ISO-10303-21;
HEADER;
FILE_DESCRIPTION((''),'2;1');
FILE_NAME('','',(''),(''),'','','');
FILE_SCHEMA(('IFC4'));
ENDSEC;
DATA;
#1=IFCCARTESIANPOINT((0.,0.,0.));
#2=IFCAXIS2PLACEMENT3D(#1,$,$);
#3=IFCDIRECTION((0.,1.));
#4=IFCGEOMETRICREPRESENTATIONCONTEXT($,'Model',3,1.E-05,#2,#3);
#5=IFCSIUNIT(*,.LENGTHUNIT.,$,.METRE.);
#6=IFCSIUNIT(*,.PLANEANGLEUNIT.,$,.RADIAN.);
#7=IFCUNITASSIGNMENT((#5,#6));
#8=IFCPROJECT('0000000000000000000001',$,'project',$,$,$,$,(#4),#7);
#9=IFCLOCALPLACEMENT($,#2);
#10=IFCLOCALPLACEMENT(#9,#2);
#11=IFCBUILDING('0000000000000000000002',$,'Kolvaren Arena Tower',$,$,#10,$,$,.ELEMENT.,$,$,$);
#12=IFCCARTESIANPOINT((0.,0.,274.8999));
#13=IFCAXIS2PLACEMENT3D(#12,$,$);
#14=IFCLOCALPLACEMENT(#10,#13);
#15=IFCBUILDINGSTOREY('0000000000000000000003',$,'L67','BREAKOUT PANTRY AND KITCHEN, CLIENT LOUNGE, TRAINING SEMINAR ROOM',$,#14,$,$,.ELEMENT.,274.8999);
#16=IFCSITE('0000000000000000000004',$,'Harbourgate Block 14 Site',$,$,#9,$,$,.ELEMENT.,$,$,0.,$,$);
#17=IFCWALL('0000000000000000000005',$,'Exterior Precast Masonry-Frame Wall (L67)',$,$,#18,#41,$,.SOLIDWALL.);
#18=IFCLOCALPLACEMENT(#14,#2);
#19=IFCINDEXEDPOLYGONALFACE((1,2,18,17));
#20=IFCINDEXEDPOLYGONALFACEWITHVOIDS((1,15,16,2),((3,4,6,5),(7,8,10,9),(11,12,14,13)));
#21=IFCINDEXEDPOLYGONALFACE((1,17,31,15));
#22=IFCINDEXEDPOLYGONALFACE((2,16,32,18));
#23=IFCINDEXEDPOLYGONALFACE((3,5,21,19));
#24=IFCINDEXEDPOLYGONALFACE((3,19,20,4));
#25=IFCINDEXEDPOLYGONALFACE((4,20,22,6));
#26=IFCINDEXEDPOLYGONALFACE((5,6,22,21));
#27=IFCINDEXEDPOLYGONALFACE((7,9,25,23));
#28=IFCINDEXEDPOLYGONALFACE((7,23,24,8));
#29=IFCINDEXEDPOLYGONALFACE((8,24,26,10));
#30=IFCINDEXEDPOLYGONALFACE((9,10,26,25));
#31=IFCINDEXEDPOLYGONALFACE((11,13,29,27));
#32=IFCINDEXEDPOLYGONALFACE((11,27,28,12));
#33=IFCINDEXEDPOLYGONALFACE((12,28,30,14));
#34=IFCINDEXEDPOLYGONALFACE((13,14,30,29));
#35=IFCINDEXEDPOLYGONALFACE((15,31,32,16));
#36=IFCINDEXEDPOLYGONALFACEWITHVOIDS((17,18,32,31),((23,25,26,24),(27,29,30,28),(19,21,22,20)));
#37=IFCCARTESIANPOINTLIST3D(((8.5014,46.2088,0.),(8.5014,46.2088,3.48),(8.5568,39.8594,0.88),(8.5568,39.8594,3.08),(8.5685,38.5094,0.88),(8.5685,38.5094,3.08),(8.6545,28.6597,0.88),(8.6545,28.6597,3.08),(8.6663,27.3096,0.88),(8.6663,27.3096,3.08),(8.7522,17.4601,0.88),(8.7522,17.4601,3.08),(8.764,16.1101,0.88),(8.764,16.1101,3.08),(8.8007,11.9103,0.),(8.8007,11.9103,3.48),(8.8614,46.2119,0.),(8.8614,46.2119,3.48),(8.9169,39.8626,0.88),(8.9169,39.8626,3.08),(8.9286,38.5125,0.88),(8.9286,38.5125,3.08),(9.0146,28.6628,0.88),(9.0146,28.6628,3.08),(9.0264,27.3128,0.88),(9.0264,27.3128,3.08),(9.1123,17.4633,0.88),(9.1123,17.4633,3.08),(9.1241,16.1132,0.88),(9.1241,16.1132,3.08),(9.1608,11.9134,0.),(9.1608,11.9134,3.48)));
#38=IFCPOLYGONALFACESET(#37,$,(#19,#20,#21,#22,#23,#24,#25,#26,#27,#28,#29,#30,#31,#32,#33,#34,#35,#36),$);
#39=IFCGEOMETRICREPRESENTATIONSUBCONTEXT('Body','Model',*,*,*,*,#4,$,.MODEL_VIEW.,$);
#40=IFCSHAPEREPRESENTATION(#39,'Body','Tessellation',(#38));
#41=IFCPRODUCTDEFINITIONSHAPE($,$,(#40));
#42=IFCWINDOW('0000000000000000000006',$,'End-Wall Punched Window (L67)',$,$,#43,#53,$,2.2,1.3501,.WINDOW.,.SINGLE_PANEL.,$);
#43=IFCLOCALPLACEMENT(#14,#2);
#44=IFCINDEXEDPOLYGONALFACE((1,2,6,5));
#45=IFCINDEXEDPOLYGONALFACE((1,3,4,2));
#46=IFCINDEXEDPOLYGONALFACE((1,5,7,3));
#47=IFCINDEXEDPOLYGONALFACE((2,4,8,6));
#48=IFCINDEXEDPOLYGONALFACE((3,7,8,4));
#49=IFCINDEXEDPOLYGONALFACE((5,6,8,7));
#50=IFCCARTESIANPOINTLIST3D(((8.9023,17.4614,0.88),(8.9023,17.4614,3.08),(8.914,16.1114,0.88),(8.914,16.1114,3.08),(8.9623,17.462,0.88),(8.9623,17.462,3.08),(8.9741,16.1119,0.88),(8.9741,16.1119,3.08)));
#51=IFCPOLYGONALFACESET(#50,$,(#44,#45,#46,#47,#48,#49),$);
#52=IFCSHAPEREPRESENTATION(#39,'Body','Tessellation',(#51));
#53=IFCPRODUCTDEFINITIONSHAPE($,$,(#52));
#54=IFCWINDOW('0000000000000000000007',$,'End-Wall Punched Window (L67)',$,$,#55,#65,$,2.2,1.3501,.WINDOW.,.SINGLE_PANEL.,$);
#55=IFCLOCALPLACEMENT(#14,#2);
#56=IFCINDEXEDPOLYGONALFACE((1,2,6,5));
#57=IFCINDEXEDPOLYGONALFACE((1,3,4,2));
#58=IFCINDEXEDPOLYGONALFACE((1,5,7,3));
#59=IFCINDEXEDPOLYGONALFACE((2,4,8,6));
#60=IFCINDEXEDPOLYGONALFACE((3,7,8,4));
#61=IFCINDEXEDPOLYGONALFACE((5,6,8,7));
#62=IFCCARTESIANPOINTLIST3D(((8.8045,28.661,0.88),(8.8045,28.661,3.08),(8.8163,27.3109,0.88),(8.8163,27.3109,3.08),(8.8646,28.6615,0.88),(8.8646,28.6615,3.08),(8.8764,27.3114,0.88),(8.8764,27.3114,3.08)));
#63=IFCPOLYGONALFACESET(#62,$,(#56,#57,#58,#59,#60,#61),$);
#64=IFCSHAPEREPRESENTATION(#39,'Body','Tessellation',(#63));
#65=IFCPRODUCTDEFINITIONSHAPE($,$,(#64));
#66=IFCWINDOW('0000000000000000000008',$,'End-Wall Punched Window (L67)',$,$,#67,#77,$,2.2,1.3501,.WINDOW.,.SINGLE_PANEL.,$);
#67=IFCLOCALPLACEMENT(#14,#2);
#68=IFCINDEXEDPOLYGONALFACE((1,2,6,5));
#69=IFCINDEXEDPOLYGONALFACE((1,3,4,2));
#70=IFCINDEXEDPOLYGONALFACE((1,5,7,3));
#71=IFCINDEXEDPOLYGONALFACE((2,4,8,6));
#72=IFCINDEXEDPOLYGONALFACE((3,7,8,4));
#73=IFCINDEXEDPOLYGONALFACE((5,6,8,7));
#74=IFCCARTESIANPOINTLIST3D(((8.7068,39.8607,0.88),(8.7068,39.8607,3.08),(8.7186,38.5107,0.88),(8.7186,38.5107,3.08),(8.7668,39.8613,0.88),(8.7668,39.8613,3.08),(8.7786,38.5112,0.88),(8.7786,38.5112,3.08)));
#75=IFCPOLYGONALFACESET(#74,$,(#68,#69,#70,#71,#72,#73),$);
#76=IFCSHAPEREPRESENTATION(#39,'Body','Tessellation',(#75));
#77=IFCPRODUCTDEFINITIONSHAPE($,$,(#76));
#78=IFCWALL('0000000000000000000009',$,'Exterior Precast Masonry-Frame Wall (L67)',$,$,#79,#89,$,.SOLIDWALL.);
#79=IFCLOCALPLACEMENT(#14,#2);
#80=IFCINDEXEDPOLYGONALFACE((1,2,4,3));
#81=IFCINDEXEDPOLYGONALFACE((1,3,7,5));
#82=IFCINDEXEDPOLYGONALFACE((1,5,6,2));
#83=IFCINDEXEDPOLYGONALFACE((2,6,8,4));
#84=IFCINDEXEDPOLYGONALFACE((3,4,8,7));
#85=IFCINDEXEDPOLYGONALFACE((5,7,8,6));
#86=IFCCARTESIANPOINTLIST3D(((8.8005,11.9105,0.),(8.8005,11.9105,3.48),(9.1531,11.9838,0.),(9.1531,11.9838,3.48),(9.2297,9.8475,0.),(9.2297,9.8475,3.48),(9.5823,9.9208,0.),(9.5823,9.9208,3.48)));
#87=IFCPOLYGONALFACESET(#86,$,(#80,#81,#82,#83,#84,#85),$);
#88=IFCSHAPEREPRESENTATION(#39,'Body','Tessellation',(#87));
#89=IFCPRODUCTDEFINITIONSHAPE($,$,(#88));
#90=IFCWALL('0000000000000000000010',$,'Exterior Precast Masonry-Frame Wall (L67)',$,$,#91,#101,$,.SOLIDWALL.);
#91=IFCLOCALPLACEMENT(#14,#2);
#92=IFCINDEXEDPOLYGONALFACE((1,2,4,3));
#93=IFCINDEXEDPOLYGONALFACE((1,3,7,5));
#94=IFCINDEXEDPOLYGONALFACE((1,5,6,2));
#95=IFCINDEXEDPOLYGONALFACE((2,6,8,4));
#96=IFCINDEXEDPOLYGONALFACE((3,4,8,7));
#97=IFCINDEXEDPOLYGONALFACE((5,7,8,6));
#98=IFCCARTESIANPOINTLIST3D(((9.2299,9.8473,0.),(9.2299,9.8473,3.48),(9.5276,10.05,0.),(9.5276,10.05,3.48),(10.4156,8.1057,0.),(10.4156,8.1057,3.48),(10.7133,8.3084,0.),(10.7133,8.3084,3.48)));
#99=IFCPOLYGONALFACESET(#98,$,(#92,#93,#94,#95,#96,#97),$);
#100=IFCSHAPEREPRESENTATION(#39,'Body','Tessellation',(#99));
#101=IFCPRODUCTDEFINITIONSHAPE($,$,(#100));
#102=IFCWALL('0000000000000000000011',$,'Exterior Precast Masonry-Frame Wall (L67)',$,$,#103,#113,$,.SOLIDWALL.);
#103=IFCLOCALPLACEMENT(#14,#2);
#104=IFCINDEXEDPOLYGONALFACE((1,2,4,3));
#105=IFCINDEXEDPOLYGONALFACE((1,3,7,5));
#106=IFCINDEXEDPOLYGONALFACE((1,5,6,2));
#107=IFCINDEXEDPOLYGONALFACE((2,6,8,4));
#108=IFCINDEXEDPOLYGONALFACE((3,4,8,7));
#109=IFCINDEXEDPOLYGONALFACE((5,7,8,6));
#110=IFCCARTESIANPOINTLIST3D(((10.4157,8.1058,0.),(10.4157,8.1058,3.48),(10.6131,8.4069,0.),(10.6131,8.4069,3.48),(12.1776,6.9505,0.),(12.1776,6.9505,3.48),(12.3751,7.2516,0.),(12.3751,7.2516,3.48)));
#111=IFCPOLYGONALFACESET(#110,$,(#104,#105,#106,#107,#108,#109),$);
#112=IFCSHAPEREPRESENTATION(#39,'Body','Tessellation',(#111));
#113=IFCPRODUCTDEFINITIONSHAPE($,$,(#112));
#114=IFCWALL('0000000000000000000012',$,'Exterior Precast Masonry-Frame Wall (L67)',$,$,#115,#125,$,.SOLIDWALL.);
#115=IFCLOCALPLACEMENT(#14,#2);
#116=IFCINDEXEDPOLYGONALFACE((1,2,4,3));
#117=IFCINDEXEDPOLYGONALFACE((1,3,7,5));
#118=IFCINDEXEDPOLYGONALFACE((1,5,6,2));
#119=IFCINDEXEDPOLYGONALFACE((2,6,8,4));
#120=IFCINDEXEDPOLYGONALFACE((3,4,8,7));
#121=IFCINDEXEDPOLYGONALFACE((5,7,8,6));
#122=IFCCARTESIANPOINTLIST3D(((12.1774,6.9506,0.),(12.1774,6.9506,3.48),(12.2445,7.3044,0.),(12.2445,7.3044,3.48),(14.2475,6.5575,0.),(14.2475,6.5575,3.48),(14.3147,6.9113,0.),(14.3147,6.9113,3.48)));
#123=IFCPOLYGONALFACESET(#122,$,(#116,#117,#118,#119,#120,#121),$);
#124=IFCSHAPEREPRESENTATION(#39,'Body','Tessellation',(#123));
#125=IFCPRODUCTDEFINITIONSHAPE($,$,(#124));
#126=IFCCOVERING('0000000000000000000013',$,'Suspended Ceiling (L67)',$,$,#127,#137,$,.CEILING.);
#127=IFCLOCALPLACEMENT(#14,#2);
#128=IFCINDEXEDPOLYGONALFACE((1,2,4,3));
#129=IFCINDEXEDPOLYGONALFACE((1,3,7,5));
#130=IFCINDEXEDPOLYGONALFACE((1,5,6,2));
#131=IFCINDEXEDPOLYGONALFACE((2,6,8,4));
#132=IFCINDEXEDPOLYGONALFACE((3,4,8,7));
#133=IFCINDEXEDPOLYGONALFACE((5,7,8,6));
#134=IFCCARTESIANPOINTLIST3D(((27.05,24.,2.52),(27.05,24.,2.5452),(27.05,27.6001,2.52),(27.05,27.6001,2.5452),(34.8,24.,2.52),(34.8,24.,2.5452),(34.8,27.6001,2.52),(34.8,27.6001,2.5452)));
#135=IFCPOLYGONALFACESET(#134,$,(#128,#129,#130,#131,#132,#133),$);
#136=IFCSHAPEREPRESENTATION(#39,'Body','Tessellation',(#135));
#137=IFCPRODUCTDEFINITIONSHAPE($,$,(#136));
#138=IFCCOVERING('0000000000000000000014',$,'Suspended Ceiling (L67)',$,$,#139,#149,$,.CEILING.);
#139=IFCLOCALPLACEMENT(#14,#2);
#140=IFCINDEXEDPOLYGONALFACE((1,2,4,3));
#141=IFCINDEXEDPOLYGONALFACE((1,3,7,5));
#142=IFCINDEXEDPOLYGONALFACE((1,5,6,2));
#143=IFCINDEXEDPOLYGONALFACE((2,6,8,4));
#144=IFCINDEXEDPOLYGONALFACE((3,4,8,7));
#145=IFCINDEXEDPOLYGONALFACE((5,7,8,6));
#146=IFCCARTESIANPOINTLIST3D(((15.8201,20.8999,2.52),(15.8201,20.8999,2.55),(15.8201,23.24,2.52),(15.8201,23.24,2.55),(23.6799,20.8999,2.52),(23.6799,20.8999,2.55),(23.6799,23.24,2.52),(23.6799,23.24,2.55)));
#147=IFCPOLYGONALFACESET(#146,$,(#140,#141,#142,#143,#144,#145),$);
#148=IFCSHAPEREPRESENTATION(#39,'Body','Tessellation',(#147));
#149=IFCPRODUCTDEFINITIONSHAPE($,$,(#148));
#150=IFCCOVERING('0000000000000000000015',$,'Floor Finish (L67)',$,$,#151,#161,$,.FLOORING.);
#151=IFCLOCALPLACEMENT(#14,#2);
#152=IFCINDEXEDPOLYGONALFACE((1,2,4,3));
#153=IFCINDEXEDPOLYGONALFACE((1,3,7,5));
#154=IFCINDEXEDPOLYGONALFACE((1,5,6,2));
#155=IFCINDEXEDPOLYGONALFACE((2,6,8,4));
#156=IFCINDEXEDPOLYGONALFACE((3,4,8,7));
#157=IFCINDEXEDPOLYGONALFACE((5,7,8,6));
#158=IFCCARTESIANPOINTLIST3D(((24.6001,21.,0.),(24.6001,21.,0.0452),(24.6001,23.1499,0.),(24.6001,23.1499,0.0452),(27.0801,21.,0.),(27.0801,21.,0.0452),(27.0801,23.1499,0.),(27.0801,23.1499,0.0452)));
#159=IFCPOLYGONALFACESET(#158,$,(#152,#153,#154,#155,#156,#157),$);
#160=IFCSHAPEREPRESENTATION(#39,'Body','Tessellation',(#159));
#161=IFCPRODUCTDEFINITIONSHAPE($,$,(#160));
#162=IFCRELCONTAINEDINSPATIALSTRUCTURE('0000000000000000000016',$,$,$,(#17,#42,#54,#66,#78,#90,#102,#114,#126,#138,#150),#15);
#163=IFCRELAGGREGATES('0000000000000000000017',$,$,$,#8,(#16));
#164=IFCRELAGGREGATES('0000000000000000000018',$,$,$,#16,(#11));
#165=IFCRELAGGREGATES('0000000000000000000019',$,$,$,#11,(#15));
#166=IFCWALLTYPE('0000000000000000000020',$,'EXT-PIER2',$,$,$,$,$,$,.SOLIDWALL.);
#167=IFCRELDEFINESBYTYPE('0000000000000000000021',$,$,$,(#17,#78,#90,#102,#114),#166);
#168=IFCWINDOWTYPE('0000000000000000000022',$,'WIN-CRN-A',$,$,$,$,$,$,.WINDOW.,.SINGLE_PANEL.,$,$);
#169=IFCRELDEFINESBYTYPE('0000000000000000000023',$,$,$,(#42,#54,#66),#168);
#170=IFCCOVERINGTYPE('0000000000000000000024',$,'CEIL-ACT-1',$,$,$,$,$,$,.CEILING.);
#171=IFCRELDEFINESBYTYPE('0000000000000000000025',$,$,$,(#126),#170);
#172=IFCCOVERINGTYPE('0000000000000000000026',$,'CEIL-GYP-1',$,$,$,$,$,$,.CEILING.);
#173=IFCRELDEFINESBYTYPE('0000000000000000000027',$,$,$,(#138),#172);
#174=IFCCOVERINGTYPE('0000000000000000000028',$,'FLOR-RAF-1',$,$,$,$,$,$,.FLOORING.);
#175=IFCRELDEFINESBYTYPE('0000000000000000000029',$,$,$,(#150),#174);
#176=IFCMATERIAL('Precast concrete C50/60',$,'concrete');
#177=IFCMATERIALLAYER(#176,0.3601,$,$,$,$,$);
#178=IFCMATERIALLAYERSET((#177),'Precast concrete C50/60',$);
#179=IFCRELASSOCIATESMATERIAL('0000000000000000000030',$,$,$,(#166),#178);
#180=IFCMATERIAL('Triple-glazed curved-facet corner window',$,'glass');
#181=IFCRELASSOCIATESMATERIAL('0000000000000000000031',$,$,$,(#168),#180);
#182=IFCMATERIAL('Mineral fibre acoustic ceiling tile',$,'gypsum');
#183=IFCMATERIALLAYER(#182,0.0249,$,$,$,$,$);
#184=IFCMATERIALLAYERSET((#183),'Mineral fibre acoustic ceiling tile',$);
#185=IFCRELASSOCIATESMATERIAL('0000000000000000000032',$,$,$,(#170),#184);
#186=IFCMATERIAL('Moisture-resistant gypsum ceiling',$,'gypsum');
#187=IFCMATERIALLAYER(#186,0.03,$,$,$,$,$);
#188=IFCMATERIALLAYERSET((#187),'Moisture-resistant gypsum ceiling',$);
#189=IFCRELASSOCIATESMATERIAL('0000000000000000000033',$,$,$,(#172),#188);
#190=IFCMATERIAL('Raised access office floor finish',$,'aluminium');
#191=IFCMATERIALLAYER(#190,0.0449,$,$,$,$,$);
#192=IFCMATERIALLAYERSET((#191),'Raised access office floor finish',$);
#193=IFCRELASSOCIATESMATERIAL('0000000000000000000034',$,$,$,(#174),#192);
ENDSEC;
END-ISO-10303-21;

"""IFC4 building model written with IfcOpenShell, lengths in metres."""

from ifc_helpers import new_model, si_unit, direction, frame, frame_2d, origin, place, context, subcontext, project, spatial, polyline, rectangle, outline, extrude, material, layer, layer_set, type_object, element, fill, save


model = new_model("IFC4")

# Units and contexts
model_context = context("Model", 3, precision=1e-05, world=origin(), true_north=direction((0.0, 1.0)))
body_context = subcontext(model_context, "Body", "Model", "MODEL_VIEW")
ifc_project = project(units=[si_unit("LENGTHUNIT", "METRE"), si_unit("PLANEANGLEUNIT", "RADIAN")], contexts=[model_context])

# Site, building, storey
site_placement = place(None, origin())
site = spatial("IfcSite", under=ifc_project, at=site_placement, Name="Harbourgate Block 14 Site", CompositionType="ELEMENT", RefElevation=0.0)
building_placement = place(site_placement, origin())
building = spatial("IfcBuilding", under=site, at=building_placement, Name="Kolvaren Arena Tower", CompositionType="ELEMENT")
storey_placement = place(building_placement, frame((0.0, 0.0, 274.8999)))
storey = spatial("IfcBuildingStorey", under=building, at=storey_placement, Name="L67", Description="BREAKOUT PANTRY AND KITCHEN, CLIENT LOUNGE, TRAINING SEMINAR ROOM", CompositionType="ELEMENT", Elevation=274.8999)

# Shared definitions
ifc_material_1 = material(Name="Precast concrete C50/60", Category="concrete")

# Wall, openings, windows
ifc_layer_1 = layer(ifc_material_1, 0.3601)
ifc_layer_set_1 = layer_set([ifc_layer_1], Name="Precast concrete C50/60")
wall_type = type_object("IfcWallType", Name="EXT-PIER2", PredefinedType="SOLIDWALL", material=ifc_layer_set_1)
wall_1_placement = place(storey_placement, frame((8.9807, 11.9119, 0.0), z_axis=(0.0, 0.0, 1.0), x_axis=(-0.008726, 0.999962, 0.0)))
wall_1 = element("IfcWall", 1, at=wall_1_placement, inside=storey, type_object=wall_type, Name="Exterior Precast Masonry-Frame Wall (L67)", PredefinedType="SOLIDWALL", context=body_context, shape_type="SweptSolid", body=[
    extrude(rectangle(XDim=34.2998, YDim=0.3601, at=frame_2d((17.1499, 0.0))), origin(), (0.0, 0.0, 1.0), 3.48),
])
opening_1_placement = place(wall_1_placement, frame((4.2, 0.0, 0.8799)))
opening_1 = element("IfcOpeningElement", 2, at=opening_1_placement, cuts=wall_1, PredefinedType="OPENING", context=body_context, shape_type="SweptSolid", body=[
    extrude(rectangle(XDim=1.3501, YDim=2.2, at=frame_2d((0.675, 1.1001))), frame((0.0, 0.1899, 0.0), z_axis=(0.0, -1.0, 0.0), x_axis=(1.0, 0.0, 0.0)), (0.0, 0.0, 1.0), 0.3801),
])
opening_2_placement = place(wall_1_placement, frame((15.3999, 0.0, 0.8799)))
opening_2 = element("IfcOpeningElement", 3, at=opening_2_placement, cuts=wall_1, PredefinedType="OPENING", context=body_context, shape_type="SweptSolid", body=[
    extrude(rectangle(XDim=1.3501, YDim=2.2, at=frame_2d((0.675, 1.1001))), frame((0.0, 0.1899, 0.0), z_axis=(0.0, -1.0, 0.0), x_axis=(1.0, 0.0, 0.0)), (0.0, 0.0, 1.0), 0.3801),
])
opening_3_placement = place(wall_1_placement, frame((26.6001, 0.0, 0.8799)))
opening_3 = element("IfcOpeningElement", 4, at=opening_3_placement, cuts=wall_1, PredefinedType="OPENING", context=body_context, shape_type="SweptSolid", body=[
    extrude(rectangle(XDim=1.3501, YDim=2.2, at=frame_2d((0.675, 1.1001))), frame((0.0, 0.1899, 0.0), z_axis=(0.0, -1.0, 0.0), x_axis=(1.0, 0.0, 0.0)), (0.0, 0.0, 1.0), 0.3801),
])
ifc_material_2 = material(Name="Triple-glazed curved-facet corner window", Category="glass")
window_type = type_object("IfcWindowType", Name="WIN-CRN-A", PartitioningType="SINGLE_PANEL", PredefinedType="WINDOW", material=ifc_material_2)
window_1_placement = place(opening_1_placement, origin())
window_1 = element("IfcWindow", 5, at=window_1_placement, inside=storey, type_object=window_type, Name="End-Wall Punched Window (L67)", OverallHeight=2.2, OverallWidth=1.3501, PartitioningType="SINGLE_PANEL", PredefinedType="WINDOW", context=body_context, shape_type="SweptSolid", body=[
    extrude(rectangle(XDim=1.3501, YDim=2.2, at=frame_2d((0.675, 1.1001))), frame((0.0, 0.03, 0.0), z_axis=(0.0, -1.0, 0.0), x_axis=(1.0, 0.0, 0.0)), (0.0, 0.0, 1.0), 0.0601),
])
fill(opening_1, window_1)
window_2_placement = place(opening_2_placement, origin())
window_2 = element("IfcWindow", 6, at=window_2_placement, inside=storey, type_object=window_type, Name="End-Wall Punched Window (L67)", OverallHeight=2.2, OverallWidth=1.3501, PartitioningType="SINGLE_PANEL", PredefinedType="WINDOW", context=body_context, shape_type="SweptSolid", body=[
    extrude(rectangle(XDim=1.3501, YDim=2.2, at=frame_2d((0.675, 1.1001))), frame((0.0, 0.03, 0.0), z_axis=(0.0, -1.0, 0.0), x_axis=(1.0, 0.0, 0.0)), (0.0, 0.0, 1.0), 0.0601),
])
fill(opening_2, window_2)
window_3_placement = place(opening_3_placement, origin())
window_3 = element("IfcWindow", 7, at=window_3_placement, inside=storey, type_object=window_type, Name="End-Wall Punched Window (L67)", OverallHeight=2.2, OverallWidth=1.3501, PartitioningType="SINGLE_PANEL", PredefinedType="WINDOW", context=body_context, shape_type="SweptSolid", body=[
    extrude(rectangle(XDim=1.3501, YDim=2.2, at=frame_2d((0.675, 1.1001))), frame((0.0, 0.03, 0.0), z_axis=(0.0, -1.0, 0.0), x_axis=(1.0, 0.0, 0.0)), (0.0, 0.0, 1.0), 0.0601),
])
fill(opening_3, window_3)

# Walls
wall_2_placement = place(storey_placement, frame((9.406, 9.884, 0.0), z_axis=(0.0, 0.0, 1.0), x_axis=(-0.203686, 0.979036, 0.0)))
element("IfcWall", 8, at=wall_2_placement, inside=storey, type_object=wall_type, Name="Exterior Precast Masonry-Frame Wall (L67)", PredefinedType="SOLIDWALL", context=body_context, shape_type="SweptSolid", body=[
    extrude(rectangle(XDim=2.1072, YDim=0.3601, at=frame_2d((1.0537, 0.0))), origin(), (0.0, 0.0, 1.0), 3.48),
])
for number, where, z_axis, x_axis, name in (
    (9, (10.5645, 8.207, 0.0), (0.0, 0.0, 1.0), (-0.562776, 0.82661, 0.0), "Exterior Precast Masonry-Frame Wall (L67)"),
    (10, (12.2764, 7.1011, 0.0), (0.0, 0.0, 1.0), (-0.836269, 0.54832, 0.0), "Exterior Precast Masonry-Frame Wall (L67)"),
):
    element("IfcWall", number, at=place(storey_placement, frame(where, z_axis=z_axis, x_axis=x_axis)), inside=storey, type_object=wall_type, Name=name, PredefinedType="SOLIDWALL", context=body_context, shape_type="SweptSolid", body=[
        extrude(rectangle(XDim=2.1069, YDim=0.3601, at=frame_2d((1.0535, 0.0))), origin(), (0.0, 0.0, 1.0), 3.48),
    ])
wall_3_placement = place(storey_placement, frame((14.2812, 6.7344, 0.0), z_axis=(0.0, 0.0, 1.0), x_axis=(-0.982446, 0.186548, 0.0)))
element("IfcWall", 11, at=wall_3_placement, inside=storey, type_object=wall_type, Name="Exterior Precast Masonry-Frame Wall (L67)", PredefinedType="SOLIDWALL", context=body_context, shape_type="SweptSolid", body=[
    extrude(rectangle(XDim=2.1072, YDim=0.3601, at=frame_2d((1.0537, 0.0))), origin(), (0.0, 0.0, 1.0), 3.48),
])

# Coverings
ifc_material_3 = material(Name="Mineral fibre acoustic ceiling tile", Category="gypsum")
ifc_layer_2 = layer(ifc_material_3, 0.0249)
ifc_layer_set_2 = layer_set([ifc_layer_2], Name="Mineral fibre acoustic ceiling tile")
covering_type_1 = type_object("IfcCoveringType", Name="CEIL-ACT-1", PredefinedType="CEILING", material=ifc_layer_set_2)
covering_1_placement = place(storey_placement, frame((0.0, 0.0, 2.52)))
element("IfcCovering", 12, at=covering_1_placement, inside=storey, type_object=covering_type_1, Name="Suspended Ceiling (L67)", PredefinedType="CEILING", context=body_context, shape_type="SweptSolid", body=[
    extrude(outline(polyline([(27.05, 24.0), (27.05, 27.6001), (34.8, 27.6001), (34.8, 24.0), (27.05, 24.0)])), origin(), (0.0, 0.0, 1.0), 0.0251),
])
ifc_material_4 = material(Name="Moisture-resistant gypsum ceiling", Category="gypsum")
ifc_layer_3 = layer(ifc_material_4, 0.03)
ifc_layer_set_3 = layer_set([ifc_layer_3], Name="Moisture-resistant gypsum ceiling")
covering_type_2 = type_object("IfcCoveringType", Name="CEIL-GYP-1", PredefinedType="CEILING", material=ifc_layer_set_3)
covering_2_placement = place(storey_placement, frame((0.0, 0.0, 2.52)))
element("IfcCovering", 13, at=covering_2_placement, inside=storey, type_object=covering_type_2, Name="Suspended Ceiling (L67)", PredefinedType="CEILING", context=body_context, shape_type="SweptSolid", body=[
    extrude(outline(polyline([(15.8201, 20.8999), (15.8201, 23.24), (23.6799, 23.24), (23.6799, 20.8999), (15.8201, 20.8999)])), origin(), (0.0, 0.0, 1.0), 0.03),
])
ifc_material_5 = material(Name="Raised access office floor finish", Category="aluminium")
ifc_layer_4 = layer(ifc_material_5, 0.0449)
ifc_layer_set_4 = layer_set([ifc_layer_4], Name="Raised access office floor finish")
covering_type_3 = type_object("IfcCoveringType", Name="FLOR-RAF-1", PredefinedType="FLOORING", material=ifc_layer_set_4)
covering_3_placement = place(storey_placement, origin())
element("IfcCovering", 14, at=covering_3_placement, inside=storey, type_object=covering_type_3, Name="Floor Finish (L67)", PredefinedType="FLOORING", context=body_context, shape_type="SweptSolid", body=[
    extrude(outline(polyline([(24.6001, 21.0), (24.6001, 23.1499), (27.0801, 23.1499), (27.0801, 21.0), (24.6001, 21.0)])), origin(), (0.0, 0.0, 1.0), 0.0452),
])

save(model, "model.ifc")
